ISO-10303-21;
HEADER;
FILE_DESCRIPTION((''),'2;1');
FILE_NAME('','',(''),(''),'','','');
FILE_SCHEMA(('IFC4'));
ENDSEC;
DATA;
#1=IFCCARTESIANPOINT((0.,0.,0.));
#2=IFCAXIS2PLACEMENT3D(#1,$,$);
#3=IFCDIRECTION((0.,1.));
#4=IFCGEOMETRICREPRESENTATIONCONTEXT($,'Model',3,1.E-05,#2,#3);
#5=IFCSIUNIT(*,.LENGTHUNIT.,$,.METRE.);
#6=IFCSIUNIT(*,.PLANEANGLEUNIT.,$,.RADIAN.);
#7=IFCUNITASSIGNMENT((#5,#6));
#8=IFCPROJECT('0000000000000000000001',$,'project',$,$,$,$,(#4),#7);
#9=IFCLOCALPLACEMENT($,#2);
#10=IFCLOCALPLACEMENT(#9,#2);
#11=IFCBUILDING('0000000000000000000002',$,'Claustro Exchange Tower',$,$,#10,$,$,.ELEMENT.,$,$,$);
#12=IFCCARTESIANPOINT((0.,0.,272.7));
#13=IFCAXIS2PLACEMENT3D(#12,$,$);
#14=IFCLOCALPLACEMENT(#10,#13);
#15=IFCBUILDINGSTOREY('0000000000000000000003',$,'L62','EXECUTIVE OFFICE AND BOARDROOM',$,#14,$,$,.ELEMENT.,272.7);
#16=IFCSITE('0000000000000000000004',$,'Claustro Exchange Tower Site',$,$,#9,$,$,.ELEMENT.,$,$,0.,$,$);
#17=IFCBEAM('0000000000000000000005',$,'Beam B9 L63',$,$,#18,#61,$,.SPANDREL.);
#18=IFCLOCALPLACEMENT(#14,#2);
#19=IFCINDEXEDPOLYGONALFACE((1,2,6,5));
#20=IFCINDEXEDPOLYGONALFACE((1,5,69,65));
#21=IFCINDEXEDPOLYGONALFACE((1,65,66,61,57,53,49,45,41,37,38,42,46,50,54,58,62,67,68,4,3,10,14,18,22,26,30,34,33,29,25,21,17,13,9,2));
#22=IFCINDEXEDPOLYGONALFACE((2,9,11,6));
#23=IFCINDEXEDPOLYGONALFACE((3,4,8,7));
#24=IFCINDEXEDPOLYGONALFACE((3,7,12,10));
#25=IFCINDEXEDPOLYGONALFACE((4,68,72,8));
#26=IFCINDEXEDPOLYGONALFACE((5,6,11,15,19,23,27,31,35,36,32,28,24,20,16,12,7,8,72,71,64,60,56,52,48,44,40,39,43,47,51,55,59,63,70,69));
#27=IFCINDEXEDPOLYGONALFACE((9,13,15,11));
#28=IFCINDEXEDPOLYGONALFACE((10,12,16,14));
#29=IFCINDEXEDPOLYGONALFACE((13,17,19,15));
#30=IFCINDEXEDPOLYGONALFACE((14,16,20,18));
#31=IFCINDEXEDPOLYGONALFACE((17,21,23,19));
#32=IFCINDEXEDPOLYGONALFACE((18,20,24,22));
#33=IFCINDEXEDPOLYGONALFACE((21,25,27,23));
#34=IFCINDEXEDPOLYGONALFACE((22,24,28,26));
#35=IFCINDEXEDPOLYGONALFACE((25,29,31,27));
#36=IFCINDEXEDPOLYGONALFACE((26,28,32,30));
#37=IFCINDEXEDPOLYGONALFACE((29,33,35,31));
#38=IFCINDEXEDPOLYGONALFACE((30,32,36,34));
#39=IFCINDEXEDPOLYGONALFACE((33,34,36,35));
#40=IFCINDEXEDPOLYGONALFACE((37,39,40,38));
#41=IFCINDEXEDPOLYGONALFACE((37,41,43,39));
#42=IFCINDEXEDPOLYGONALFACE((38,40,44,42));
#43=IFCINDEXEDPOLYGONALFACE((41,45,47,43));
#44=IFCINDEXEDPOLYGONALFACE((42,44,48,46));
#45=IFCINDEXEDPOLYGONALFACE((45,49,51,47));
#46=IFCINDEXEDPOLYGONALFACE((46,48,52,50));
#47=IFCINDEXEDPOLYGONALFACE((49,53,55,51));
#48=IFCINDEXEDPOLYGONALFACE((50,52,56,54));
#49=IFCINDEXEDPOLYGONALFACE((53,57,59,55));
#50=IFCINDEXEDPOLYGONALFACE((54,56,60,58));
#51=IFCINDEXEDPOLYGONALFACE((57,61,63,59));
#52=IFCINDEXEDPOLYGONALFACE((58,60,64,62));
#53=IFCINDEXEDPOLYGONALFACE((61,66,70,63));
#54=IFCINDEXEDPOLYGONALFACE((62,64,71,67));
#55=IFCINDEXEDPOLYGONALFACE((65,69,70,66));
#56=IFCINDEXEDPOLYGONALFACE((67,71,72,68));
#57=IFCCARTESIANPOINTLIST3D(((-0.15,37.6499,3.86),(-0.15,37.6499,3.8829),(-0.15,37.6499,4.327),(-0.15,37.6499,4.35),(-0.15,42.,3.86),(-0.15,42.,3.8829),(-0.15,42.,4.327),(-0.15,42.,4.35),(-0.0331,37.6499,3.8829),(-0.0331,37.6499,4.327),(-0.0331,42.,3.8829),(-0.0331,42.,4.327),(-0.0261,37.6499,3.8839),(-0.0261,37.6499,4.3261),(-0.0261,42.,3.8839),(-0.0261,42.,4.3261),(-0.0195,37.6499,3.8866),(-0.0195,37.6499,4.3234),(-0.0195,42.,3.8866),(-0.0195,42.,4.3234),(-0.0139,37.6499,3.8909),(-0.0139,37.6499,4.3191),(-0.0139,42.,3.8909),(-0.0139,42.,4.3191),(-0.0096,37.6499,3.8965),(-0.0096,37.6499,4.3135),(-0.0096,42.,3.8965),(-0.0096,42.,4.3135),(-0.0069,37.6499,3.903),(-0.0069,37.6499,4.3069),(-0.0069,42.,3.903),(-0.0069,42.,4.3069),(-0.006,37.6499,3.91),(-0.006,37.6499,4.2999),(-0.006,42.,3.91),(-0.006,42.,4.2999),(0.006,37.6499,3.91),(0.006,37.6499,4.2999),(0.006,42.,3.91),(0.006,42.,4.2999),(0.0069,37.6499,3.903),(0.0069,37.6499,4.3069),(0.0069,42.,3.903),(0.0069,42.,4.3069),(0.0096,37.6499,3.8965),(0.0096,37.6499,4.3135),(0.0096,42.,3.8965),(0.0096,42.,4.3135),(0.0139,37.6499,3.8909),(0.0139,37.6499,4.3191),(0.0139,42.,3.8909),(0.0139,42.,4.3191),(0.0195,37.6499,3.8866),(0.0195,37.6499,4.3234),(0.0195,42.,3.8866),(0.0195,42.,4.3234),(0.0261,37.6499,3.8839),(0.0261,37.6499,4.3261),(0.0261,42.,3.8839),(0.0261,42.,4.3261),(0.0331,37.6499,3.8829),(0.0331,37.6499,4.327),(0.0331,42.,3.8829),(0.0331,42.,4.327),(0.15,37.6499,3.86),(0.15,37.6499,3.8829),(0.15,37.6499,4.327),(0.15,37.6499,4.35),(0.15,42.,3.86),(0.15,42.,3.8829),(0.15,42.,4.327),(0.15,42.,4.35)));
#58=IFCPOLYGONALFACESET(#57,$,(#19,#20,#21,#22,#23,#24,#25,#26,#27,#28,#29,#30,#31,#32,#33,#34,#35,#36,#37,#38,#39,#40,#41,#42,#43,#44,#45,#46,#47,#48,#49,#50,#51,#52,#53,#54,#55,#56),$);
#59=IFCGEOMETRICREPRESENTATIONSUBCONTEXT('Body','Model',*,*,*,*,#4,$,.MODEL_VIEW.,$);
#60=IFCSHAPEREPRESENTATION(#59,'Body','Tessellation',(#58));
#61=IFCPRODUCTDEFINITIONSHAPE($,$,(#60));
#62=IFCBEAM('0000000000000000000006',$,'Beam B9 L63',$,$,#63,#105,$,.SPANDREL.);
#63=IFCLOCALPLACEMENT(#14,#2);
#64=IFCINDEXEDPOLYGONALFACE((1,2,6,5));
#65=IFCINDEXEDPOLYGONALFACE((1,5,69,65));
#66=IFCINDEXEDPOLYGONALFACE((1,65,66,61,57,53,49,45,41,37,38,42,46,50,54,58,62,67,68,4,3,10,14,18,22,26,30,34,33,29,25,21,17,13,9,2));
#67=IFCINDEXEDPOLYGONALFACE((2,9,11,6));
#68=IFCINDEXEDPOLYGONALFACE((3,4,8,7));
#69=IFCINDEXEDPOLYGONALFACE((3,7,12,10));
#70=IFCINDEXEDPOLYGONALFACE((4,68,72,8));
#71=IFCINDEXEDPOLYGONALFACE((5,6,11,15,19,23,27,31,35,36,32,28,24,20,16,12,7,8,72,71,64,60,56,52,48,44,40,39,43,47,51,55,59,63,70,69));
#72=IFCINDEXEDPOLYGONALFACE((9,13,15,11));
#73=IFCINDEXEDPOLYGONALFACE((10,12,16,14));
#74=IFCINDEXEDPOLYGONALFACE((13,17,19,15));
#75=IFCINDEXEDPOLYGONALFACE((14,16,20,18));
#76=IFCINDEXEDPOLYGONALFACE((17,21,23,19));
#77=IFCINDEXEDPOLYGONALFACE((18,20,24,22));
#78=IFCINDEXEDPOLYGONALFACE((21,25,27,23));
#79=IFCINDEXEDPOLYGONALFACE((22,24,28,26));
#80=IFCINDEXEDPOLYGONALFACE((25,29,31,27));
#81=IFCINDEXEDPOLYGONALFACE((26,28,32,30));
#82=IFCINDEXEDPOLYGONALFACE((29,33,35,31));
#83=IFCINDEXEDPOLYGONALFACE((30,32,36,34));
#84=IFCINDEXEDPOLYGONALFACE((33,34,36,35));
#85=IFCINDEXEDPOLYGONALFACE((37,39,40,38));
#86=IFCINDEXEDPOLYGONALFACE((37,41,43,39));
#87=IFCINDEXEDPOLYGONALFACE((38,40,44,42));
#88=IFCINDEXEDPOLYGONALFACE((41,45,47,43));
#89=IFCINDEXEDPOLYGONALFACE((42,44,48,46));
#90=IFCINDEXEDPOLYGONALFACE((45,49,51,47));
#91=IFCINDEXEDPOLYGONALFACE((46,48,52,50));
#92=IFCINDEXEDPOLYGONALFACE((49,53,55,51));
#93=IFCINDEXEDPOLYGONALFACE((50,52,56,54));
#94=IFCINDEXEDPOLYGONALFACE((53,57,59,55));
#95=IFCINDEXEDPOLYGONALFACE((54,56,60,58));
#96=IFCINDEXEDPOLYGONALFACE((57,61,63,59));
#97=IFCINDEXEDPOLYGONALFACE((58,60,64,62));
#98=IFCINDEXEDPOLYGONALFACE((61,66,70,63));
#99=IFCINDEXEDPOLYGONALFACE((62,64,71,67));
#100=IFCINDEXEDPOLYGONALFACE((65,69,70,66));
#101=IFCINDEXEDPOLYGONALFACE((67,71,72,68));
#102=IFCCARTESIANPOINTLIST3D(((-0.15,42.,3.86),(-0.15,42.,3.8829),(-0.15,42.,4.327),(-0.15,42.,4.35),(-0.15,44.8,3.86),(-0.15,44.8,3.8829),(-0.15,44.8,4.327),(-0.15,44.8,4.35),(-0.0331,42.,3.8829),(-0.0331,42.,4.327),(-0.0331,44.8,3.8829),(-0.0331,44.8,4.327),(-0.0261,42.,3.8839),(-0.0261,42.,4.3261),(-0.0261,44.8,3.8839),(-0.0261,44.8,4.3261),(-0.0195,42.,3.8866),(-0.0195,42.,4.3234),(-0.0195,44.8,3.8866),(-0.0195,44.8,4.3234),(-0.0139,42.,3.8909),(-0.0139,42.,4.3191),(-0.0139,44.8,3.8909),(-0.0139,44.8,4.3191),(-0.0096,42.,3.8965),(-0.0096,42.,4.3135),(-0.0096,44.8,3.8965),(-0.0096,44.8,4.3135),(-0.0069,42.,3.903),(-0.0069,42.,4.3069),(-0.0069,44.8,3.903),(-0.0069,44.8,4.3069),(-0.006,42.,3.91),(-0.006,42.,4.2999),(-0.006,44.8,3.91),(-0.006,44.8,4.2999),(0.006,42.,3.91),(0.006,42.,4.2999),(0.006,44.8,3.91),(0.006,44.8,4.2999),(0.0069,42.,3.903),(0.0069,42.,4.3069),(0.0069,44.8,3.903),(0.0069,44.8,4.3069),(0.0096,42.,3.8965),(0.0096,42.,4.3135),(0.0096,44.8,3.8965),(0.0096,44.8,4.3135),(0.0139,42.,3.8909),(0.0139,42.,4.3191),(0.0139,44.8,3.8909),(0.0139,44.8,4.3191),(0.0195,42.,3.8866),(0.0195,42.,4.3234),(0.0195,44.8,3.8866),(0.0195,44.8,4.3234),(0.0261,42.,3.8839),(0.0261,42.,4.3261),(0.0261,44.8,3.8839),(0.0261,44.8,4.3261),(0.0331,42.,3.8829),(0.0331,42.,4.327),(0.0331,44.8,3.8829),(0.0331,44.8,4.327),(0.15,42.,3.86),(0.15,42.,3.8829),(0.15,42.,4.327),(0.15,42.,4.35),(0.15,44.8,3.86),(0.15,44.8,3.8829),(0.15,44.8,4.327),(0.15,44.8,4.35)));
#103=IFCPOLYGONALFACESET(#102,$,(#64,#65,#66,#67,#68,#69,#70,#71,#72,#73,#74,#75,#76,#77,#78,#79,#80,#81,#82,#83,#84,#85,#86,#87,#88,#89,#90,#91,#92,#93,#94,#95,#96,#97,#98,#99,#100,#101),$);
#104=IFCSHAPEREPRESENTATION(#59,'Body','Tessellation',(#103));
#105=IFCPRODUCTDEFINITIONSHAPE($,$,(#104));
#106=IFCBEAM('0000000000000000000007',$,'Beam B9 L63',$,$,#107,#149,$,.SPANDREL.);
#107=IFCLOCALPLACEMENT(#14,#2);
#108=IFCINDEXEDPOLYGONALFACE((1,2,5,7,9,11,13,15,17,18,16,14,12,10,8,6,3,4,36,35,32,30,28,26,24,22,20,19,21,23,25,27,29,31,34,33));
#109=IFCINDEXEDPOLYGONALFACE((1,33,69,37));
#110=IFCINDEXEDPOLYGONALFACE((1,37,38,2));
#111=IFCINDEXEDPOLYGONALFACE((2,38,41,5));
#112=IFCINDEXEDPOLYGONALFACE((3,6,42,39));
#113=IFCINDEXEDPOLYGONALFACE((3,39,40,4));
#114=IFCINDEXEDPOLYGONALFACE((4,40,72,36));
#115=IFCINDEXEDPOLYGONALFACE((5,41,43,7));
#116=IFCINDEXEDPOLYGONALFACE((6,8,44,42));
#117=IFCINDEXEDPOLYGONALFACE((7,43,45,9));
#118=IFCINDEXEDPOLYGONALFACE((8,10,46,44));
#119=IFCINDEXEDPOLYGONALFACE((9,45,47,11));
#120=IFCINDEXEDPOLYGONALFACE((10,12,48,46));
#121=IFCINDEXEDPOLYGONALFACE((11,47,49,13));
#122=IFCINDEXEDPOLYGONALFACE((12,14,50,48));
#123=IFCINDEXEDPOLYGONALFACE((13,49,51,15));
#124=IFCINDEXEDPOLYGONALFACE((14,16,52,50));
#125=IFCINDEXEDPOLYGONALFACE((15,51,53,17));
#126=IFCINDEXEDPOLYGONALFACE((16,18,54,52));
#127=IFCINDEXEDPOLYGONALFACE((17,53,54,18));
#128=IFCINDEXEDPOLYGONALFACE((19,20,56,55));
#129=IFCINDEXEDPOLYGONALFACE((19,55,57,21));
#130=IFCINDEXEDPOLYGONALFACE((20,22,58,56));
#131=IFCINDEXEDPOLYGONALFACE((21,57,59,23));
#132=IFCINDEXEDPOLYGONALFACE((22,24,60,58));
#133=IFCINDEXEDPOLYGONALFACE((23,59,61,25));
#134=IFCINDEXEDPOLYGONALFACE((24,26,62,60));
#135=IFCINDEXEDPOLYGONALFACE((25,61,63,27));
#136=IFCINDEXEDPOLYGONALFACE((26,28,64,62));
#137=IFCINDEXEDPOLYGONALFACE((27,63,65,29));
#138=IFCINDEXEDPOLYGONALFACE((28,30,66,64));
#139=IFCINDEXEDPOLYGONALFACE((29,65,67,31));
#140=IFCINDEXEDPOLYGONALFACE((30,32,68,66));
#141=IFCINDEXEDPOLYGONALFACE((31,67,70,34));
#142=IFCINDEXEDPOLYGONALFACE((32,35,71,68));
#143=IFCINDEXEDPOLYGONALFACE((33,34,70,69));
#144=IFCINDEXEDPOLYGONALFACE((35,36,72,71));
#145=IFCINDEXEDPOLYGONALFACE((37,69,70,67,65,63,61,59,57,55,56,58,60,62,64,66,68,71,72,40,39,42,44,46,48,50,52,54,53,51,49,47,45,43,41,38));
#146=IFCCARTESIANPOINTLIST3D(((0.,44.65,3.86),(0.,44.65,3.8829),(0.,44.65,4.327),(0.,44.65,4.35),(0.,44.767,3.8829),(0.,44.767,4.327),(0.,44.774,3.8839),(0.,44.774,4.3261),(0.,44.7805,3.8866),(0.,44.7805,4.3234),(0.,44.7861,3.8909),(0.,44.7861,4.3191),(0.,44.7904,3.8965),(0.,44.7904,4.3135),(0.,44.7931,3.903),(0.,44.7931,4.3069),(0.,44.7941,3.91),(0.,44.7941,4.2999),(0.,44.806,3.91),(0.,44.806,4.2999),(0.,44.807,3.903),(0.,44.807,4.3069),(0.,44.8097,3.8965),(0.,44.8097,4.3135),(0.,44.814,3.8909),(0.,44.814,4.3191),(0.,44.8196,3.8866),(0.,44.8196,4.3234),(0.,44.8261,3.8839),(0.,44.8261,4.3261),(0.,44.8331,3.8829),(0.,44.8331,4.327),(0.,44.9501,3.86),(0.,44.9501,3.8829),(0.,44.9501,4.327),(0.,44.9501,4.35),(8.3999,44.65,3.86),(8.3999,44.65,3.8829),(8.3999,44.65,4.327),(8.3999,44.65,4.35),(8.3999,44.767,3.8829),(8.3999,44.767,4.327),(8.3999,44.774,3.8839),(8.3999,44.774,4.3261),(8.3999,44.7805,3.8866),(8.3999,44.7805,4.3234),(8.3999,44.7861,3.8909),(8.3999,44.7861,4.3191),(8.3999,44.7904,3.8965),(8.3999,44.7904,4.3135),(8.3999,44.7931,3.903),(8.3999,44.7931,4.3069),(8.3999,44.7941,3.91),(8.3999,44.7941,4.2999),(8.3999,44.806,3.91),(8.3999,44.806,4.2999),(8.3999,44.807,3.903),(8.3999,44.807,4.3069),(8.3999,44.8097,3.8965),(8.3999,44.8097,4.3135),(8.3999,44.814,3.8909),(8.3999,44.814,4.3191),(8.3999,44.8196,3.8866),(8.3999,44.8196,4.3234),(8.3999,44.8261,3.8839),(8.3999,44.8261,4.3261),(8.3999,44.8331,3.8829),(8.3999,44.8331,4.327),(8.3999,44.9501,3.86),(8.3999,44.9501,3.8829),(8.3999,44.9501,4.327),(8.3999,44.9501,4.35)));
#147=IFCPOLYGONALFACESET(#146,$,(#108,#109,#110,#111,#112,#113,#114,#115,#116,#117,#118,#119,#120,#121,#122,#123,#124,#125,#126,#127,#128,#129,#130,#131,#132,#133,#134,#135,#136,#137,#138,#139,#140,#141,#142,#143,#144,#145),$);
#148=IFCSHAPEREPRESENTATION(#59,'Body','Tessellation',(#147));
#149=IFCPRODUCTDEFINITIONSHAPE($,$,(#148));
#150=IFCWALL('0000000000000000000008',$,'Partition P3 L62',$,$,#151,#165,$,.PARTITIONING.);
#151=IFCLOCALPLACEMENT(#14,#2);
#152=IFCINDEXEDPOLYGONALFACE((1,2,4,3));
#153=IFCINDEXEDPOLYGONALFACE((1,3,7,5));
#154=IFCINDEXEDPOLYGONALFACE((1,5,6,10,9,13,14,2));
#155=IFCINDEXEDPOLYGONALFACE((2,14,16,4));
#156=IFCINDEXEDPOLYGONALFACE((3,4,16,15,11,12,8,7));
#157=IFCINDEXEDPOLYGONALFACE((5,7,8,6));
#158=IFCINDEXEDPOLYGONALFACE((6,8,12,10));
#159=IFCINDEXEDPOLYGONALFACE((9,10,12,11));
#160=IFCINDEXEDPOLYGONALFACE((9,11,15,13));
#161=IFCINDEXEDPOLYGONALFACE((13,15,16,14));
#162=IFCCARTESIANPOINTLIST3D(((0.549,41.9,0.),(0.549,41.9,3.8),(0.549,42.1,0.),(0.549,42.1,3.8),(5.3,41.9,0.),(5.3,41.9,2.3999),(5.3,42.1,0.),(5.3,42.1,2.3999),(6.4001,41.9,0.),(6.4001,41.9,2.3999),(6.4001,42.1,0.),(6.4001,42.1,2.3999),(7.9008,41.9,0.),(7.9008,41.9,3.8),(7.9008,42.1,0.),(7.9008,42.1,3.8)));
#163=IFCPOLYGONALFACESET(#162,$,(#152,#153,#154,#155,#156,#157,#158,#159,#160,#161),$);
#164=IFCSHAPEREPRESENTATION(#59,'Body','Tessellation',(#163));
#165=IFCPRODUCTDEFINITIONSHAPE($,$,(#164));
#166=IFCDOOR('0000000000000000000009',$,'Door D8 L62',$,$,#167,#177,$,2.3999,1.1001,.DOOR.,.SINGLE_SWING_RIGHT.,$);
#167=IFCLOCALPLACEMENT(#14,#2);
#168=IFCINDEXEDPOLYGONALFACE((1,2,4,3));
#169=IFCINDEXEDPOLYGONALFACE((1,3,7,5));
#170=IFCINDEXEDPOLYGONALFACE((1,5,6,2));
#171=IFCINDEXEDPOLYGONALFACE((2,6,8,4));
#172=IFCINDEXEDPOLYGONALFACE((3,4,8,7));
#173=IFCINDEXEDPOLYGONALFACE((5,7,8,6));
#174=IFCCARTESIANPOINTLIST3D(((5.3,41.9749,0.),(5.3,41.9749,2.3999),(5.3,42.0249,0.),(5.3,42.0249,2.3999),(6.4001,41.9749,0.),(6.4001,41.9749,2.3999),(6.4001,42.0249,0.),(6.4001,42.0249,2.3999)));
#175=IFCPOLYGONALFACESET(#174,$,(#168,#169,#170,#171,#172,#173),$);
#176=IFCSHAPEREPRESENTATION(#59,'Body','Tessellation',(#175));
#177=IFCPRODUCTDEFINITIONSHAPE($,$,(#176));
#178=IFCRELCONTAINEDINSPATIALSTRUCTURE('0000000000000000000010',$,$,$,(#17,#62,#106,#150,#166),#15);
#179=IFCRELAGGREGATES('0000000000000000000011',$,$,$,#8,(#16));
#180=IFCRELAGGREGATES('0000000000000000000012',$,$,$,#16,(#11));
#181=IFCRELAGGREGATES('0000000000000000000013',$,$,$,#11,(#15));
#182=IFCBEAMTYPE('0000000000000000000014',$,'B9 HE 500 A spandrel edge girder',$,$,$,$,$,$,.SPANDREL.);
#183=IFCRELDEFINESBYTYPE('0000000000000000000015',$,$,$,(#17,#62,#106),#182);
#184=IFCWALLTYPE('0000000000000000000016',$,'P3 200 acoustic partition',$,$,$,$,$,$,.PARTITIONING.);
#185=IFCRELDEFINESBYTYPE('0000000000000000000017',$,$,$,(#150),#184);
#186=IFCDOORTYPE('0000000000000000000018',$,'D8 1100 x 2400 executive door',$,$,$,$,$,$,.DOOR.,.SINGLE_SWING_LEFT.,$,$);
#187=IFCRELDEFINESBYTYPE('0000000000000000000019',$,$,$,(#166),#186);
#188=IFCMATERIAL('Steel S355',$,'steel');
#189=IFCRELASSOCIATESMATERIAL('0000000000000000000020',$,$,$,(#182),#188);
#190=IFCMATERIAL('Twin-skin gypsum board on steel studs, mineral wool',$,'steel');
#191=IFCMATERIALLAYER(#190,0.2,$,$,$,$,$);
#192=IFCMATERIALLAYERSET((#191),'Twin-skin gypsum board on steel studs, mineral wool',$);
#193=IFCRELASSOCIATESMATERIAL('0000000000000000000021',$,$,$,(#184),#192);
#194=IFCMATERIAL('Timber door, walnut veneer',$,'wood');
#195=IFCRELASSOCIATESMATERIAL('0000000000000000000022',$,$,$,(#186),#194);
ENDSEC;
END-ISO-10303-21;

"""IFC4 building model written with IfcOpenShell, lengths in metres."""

from ifc_helpers import new_model, si_unit, direction, frame, frame_2d, origin, origin_2d, place, context, subcontext, project, spatial, rectangle, i_section, extrude, material, layer, layer_set, material_profile, profile_set, type_object, element, fill, save


model = new_model("IFC4")

# Units and contexts
model_context = context("Model", 3, precision=1e-05, world=origin(), true_north=direction((0.0, 1.0)))
body_context = subcontext(model_context, "Body", "Model", "MODEL_VIEW")
ifc_project = project(units=[si_unit("LENGTHUNIT", "METRE"), si_unit("PLANEANGLEUNIT", "RADIAN")], contexts=[model_context])

# Site, building, storey
site_placement = place(None, origin())
site = spatial("IfcSite", under=ifc_project, at=site_placement, Name="Claustro Exchange Tower Site", CompositionType="ELEMENT", RefElevation=0.0)
building_placement = place(site_placement, origin())
building = spatial("IfcBuilding", under=site, at=building_placement, Name="Claustro Exchange Tower", CompositionType="ELEMENT")
storey_placement = place(building_placement, frame((0.0, 0.0, 272.7)))
storey = spatial("IfcBuildingStorey", under=building, at=storey_placement, Name="L62", Description="EXECUTIVE OFFICE AND BOARDROOM", CompositionType="ELEMENT", Elevation=272.7)

# Beams
ifc_material_1 = material(Name="Steel S355", Category="steel")
ifc_material_profile_1 = material_profile(ifc_material_1, i_section(OverallWidth=0.3, OverallDepth=0.49, WebThickness=0.012, FlangeThickness=0.0229, FilletRadius=0.0271, at=origin_2d()), Name="HE 500 A")
ifc_profile_set_1 = profile_set([ifc_material_profile_1], Name="Steel S355")
beam_type_1 = type_object("IfcBeamType", Name="B9 HE 500 A spandrel edge girder", PredefinedType="SPANDREL", material=ifc_profile_set_1)
beam_1_placement = place(storey_placement, frame((0.0, 37.6499, 4.105), z_axis=(0.0, 1.0, 0.0), x_axis=(-1.0, 0.0, 0.0)))
element("IfcBeam", 1, at=beam_1_placement, inside=storey, type_object=beam_type_1, Name="Beam B9 L63", PredefinedType="SPANDREL", context=body_context, shape_type="SweptSolid", body=[
    extrude(i_section(OverallWidth=0.3, OverallDepth=0.49, WebThickness=0.012, FlangeThickness=0.0229, FilletRadius=0.0271, at=origin_2d()), origin(), (0.0, 0.0, 1.0), 4.3501),
])
beam_2_placement = place(storey_placement, frame((0.0, 42.0, 4.105), z_axis=(0.0, 1.0, 0.0), x_axis=(-1.0, 0.0, 0.0)))
element("IfcBeam", 2, at=beam_2_placement, inside=storey, type_object=beam_type_1, Name="Beam B9 L63", PredefinedType="SPANDREL", context=body_context, shape_type="SweptSolid", body=[
    extrude(i_section(OverallWidth=0.3, OverallDepth=0.49, WebThickness=0.012, FlangeThickness=0.0229, FilletRadius=0.0271, at=origin_2d()), origin(), (0.0, 0.0, 1.0), 2.8),
])
beam_3_placement = place(storey_placement, frame((0.0, 44.8, 4.105), z_axis=(1.0, 0.0, 0.0), x_axis=(0.0, 1.0, 0.0)))
element("IfcBeam", 3, at=beam_3_placement, inside=storey, type_object=beam_type_1, Name="Beam B9 L63", PredefinedType="SPANDREL", context=body_context, shape_type="SweptSolid", body=[
    extrude(i_section(OverallWidth=0.3, OverallDepth=0.49, WebThickness=0.012, FlangeThickness=0.0229, FilletRadius=0.0271, at=origin_2d()), origin(), (0.0, 0.0, 1.0), 8.3999),
])

# Wall, opening, door
ifc_material_2 = material(Name="Twin-skin gypsum board on steel studs, mineral wool", Category="steel")
ifc_layer_1 = layer(ifc_material_2, 0.2)
ifc_layer_set_1 = layer_set([ifc_layer_1], Name="Twin-skin gypsum board on steel studs, mineral wool")
wall_type_1 = type_object("IfcWallType", Name="P3 200 acoustic partition", PredefinedType="PARTITIONING", material=ifc_layer_set_1)
wall_1_placement = place(storey_placement, frame((0.5491, 42.0, 0.0), z_axis=(0.0, 0.0, 1.0), x_axis=(1.0, 0.0, 0.0)))
wall_1 = element("IfcWall", 4, at=wall_1_placement, inside=storey, type_object=wall_type_1, Name="Partition P3 L62", PredefinedType="PARTITIONING", context=body_context, shape_type="SweptSolid", body=[
    extrude(rectangle(XDim=7.3518, YDim=0.2, at=frame_2d((3.6758, 0.0))), origin(), (0.0, 0.0, 1.0), 3.8),
])
opening_1_placement = place(wall_1_placement, frame((4.751, 0.0, 0.0)))
opening_1 = element("IfcOpeningElement", 5, at=opening_1_placement, cuts=wall_1, PredefinedType="OPENING", context=body_context, shape_type="SweptSolid", body=[
    extrude(rectangle(XDim=1.1001, YDim=2.3999, at=frame_2d((0.55, 1.2))), frame((0.0, 0.1099, 0.0), z_axis=(0.0, -1.0, 0.0), x_axis=(1.0, 0.0, 0.0)), (0.0, 0.0, 1.0), 0.22),
])
ifc_material_3 = material(Name="Timber door, walnut veneer", Category="wood")
door_type_1 = type_object("IfcDoorType", Name="D8 1100 x 2400 executive door", OperationType="SINGLE_SWING_LEFT", PredefinedType="DOOR", material=ifc_material_3)
door_1_placement = place(opening_1_placement, origin())
door_1 = element("IfcDoor", 6, at=door_1_placement, inside=storey, type_object=door_type_1, Name="Door D8 L62", OperationType="SINGLE_SWING_RIGHT", OverallHeight=2.3999, OverallWidth=1.1001, PredefinedType="DOOR", context=body_context, shape_type="SweptSolid", body=[
    extrude(rectangle(XDim=1.1001, YDim=2.3999, at=frame_2d((0.55, 1.2))), frame((0.0, 0.0249, 0.0), z_axis=(0.0, -1.0, 0.0), x_axis=(1.0, 0.0, 0.0)), (0.0, 0.0, 1.0), 0.05),
])
fill(opening_1, door_1)

save(model, "model.ifc")
